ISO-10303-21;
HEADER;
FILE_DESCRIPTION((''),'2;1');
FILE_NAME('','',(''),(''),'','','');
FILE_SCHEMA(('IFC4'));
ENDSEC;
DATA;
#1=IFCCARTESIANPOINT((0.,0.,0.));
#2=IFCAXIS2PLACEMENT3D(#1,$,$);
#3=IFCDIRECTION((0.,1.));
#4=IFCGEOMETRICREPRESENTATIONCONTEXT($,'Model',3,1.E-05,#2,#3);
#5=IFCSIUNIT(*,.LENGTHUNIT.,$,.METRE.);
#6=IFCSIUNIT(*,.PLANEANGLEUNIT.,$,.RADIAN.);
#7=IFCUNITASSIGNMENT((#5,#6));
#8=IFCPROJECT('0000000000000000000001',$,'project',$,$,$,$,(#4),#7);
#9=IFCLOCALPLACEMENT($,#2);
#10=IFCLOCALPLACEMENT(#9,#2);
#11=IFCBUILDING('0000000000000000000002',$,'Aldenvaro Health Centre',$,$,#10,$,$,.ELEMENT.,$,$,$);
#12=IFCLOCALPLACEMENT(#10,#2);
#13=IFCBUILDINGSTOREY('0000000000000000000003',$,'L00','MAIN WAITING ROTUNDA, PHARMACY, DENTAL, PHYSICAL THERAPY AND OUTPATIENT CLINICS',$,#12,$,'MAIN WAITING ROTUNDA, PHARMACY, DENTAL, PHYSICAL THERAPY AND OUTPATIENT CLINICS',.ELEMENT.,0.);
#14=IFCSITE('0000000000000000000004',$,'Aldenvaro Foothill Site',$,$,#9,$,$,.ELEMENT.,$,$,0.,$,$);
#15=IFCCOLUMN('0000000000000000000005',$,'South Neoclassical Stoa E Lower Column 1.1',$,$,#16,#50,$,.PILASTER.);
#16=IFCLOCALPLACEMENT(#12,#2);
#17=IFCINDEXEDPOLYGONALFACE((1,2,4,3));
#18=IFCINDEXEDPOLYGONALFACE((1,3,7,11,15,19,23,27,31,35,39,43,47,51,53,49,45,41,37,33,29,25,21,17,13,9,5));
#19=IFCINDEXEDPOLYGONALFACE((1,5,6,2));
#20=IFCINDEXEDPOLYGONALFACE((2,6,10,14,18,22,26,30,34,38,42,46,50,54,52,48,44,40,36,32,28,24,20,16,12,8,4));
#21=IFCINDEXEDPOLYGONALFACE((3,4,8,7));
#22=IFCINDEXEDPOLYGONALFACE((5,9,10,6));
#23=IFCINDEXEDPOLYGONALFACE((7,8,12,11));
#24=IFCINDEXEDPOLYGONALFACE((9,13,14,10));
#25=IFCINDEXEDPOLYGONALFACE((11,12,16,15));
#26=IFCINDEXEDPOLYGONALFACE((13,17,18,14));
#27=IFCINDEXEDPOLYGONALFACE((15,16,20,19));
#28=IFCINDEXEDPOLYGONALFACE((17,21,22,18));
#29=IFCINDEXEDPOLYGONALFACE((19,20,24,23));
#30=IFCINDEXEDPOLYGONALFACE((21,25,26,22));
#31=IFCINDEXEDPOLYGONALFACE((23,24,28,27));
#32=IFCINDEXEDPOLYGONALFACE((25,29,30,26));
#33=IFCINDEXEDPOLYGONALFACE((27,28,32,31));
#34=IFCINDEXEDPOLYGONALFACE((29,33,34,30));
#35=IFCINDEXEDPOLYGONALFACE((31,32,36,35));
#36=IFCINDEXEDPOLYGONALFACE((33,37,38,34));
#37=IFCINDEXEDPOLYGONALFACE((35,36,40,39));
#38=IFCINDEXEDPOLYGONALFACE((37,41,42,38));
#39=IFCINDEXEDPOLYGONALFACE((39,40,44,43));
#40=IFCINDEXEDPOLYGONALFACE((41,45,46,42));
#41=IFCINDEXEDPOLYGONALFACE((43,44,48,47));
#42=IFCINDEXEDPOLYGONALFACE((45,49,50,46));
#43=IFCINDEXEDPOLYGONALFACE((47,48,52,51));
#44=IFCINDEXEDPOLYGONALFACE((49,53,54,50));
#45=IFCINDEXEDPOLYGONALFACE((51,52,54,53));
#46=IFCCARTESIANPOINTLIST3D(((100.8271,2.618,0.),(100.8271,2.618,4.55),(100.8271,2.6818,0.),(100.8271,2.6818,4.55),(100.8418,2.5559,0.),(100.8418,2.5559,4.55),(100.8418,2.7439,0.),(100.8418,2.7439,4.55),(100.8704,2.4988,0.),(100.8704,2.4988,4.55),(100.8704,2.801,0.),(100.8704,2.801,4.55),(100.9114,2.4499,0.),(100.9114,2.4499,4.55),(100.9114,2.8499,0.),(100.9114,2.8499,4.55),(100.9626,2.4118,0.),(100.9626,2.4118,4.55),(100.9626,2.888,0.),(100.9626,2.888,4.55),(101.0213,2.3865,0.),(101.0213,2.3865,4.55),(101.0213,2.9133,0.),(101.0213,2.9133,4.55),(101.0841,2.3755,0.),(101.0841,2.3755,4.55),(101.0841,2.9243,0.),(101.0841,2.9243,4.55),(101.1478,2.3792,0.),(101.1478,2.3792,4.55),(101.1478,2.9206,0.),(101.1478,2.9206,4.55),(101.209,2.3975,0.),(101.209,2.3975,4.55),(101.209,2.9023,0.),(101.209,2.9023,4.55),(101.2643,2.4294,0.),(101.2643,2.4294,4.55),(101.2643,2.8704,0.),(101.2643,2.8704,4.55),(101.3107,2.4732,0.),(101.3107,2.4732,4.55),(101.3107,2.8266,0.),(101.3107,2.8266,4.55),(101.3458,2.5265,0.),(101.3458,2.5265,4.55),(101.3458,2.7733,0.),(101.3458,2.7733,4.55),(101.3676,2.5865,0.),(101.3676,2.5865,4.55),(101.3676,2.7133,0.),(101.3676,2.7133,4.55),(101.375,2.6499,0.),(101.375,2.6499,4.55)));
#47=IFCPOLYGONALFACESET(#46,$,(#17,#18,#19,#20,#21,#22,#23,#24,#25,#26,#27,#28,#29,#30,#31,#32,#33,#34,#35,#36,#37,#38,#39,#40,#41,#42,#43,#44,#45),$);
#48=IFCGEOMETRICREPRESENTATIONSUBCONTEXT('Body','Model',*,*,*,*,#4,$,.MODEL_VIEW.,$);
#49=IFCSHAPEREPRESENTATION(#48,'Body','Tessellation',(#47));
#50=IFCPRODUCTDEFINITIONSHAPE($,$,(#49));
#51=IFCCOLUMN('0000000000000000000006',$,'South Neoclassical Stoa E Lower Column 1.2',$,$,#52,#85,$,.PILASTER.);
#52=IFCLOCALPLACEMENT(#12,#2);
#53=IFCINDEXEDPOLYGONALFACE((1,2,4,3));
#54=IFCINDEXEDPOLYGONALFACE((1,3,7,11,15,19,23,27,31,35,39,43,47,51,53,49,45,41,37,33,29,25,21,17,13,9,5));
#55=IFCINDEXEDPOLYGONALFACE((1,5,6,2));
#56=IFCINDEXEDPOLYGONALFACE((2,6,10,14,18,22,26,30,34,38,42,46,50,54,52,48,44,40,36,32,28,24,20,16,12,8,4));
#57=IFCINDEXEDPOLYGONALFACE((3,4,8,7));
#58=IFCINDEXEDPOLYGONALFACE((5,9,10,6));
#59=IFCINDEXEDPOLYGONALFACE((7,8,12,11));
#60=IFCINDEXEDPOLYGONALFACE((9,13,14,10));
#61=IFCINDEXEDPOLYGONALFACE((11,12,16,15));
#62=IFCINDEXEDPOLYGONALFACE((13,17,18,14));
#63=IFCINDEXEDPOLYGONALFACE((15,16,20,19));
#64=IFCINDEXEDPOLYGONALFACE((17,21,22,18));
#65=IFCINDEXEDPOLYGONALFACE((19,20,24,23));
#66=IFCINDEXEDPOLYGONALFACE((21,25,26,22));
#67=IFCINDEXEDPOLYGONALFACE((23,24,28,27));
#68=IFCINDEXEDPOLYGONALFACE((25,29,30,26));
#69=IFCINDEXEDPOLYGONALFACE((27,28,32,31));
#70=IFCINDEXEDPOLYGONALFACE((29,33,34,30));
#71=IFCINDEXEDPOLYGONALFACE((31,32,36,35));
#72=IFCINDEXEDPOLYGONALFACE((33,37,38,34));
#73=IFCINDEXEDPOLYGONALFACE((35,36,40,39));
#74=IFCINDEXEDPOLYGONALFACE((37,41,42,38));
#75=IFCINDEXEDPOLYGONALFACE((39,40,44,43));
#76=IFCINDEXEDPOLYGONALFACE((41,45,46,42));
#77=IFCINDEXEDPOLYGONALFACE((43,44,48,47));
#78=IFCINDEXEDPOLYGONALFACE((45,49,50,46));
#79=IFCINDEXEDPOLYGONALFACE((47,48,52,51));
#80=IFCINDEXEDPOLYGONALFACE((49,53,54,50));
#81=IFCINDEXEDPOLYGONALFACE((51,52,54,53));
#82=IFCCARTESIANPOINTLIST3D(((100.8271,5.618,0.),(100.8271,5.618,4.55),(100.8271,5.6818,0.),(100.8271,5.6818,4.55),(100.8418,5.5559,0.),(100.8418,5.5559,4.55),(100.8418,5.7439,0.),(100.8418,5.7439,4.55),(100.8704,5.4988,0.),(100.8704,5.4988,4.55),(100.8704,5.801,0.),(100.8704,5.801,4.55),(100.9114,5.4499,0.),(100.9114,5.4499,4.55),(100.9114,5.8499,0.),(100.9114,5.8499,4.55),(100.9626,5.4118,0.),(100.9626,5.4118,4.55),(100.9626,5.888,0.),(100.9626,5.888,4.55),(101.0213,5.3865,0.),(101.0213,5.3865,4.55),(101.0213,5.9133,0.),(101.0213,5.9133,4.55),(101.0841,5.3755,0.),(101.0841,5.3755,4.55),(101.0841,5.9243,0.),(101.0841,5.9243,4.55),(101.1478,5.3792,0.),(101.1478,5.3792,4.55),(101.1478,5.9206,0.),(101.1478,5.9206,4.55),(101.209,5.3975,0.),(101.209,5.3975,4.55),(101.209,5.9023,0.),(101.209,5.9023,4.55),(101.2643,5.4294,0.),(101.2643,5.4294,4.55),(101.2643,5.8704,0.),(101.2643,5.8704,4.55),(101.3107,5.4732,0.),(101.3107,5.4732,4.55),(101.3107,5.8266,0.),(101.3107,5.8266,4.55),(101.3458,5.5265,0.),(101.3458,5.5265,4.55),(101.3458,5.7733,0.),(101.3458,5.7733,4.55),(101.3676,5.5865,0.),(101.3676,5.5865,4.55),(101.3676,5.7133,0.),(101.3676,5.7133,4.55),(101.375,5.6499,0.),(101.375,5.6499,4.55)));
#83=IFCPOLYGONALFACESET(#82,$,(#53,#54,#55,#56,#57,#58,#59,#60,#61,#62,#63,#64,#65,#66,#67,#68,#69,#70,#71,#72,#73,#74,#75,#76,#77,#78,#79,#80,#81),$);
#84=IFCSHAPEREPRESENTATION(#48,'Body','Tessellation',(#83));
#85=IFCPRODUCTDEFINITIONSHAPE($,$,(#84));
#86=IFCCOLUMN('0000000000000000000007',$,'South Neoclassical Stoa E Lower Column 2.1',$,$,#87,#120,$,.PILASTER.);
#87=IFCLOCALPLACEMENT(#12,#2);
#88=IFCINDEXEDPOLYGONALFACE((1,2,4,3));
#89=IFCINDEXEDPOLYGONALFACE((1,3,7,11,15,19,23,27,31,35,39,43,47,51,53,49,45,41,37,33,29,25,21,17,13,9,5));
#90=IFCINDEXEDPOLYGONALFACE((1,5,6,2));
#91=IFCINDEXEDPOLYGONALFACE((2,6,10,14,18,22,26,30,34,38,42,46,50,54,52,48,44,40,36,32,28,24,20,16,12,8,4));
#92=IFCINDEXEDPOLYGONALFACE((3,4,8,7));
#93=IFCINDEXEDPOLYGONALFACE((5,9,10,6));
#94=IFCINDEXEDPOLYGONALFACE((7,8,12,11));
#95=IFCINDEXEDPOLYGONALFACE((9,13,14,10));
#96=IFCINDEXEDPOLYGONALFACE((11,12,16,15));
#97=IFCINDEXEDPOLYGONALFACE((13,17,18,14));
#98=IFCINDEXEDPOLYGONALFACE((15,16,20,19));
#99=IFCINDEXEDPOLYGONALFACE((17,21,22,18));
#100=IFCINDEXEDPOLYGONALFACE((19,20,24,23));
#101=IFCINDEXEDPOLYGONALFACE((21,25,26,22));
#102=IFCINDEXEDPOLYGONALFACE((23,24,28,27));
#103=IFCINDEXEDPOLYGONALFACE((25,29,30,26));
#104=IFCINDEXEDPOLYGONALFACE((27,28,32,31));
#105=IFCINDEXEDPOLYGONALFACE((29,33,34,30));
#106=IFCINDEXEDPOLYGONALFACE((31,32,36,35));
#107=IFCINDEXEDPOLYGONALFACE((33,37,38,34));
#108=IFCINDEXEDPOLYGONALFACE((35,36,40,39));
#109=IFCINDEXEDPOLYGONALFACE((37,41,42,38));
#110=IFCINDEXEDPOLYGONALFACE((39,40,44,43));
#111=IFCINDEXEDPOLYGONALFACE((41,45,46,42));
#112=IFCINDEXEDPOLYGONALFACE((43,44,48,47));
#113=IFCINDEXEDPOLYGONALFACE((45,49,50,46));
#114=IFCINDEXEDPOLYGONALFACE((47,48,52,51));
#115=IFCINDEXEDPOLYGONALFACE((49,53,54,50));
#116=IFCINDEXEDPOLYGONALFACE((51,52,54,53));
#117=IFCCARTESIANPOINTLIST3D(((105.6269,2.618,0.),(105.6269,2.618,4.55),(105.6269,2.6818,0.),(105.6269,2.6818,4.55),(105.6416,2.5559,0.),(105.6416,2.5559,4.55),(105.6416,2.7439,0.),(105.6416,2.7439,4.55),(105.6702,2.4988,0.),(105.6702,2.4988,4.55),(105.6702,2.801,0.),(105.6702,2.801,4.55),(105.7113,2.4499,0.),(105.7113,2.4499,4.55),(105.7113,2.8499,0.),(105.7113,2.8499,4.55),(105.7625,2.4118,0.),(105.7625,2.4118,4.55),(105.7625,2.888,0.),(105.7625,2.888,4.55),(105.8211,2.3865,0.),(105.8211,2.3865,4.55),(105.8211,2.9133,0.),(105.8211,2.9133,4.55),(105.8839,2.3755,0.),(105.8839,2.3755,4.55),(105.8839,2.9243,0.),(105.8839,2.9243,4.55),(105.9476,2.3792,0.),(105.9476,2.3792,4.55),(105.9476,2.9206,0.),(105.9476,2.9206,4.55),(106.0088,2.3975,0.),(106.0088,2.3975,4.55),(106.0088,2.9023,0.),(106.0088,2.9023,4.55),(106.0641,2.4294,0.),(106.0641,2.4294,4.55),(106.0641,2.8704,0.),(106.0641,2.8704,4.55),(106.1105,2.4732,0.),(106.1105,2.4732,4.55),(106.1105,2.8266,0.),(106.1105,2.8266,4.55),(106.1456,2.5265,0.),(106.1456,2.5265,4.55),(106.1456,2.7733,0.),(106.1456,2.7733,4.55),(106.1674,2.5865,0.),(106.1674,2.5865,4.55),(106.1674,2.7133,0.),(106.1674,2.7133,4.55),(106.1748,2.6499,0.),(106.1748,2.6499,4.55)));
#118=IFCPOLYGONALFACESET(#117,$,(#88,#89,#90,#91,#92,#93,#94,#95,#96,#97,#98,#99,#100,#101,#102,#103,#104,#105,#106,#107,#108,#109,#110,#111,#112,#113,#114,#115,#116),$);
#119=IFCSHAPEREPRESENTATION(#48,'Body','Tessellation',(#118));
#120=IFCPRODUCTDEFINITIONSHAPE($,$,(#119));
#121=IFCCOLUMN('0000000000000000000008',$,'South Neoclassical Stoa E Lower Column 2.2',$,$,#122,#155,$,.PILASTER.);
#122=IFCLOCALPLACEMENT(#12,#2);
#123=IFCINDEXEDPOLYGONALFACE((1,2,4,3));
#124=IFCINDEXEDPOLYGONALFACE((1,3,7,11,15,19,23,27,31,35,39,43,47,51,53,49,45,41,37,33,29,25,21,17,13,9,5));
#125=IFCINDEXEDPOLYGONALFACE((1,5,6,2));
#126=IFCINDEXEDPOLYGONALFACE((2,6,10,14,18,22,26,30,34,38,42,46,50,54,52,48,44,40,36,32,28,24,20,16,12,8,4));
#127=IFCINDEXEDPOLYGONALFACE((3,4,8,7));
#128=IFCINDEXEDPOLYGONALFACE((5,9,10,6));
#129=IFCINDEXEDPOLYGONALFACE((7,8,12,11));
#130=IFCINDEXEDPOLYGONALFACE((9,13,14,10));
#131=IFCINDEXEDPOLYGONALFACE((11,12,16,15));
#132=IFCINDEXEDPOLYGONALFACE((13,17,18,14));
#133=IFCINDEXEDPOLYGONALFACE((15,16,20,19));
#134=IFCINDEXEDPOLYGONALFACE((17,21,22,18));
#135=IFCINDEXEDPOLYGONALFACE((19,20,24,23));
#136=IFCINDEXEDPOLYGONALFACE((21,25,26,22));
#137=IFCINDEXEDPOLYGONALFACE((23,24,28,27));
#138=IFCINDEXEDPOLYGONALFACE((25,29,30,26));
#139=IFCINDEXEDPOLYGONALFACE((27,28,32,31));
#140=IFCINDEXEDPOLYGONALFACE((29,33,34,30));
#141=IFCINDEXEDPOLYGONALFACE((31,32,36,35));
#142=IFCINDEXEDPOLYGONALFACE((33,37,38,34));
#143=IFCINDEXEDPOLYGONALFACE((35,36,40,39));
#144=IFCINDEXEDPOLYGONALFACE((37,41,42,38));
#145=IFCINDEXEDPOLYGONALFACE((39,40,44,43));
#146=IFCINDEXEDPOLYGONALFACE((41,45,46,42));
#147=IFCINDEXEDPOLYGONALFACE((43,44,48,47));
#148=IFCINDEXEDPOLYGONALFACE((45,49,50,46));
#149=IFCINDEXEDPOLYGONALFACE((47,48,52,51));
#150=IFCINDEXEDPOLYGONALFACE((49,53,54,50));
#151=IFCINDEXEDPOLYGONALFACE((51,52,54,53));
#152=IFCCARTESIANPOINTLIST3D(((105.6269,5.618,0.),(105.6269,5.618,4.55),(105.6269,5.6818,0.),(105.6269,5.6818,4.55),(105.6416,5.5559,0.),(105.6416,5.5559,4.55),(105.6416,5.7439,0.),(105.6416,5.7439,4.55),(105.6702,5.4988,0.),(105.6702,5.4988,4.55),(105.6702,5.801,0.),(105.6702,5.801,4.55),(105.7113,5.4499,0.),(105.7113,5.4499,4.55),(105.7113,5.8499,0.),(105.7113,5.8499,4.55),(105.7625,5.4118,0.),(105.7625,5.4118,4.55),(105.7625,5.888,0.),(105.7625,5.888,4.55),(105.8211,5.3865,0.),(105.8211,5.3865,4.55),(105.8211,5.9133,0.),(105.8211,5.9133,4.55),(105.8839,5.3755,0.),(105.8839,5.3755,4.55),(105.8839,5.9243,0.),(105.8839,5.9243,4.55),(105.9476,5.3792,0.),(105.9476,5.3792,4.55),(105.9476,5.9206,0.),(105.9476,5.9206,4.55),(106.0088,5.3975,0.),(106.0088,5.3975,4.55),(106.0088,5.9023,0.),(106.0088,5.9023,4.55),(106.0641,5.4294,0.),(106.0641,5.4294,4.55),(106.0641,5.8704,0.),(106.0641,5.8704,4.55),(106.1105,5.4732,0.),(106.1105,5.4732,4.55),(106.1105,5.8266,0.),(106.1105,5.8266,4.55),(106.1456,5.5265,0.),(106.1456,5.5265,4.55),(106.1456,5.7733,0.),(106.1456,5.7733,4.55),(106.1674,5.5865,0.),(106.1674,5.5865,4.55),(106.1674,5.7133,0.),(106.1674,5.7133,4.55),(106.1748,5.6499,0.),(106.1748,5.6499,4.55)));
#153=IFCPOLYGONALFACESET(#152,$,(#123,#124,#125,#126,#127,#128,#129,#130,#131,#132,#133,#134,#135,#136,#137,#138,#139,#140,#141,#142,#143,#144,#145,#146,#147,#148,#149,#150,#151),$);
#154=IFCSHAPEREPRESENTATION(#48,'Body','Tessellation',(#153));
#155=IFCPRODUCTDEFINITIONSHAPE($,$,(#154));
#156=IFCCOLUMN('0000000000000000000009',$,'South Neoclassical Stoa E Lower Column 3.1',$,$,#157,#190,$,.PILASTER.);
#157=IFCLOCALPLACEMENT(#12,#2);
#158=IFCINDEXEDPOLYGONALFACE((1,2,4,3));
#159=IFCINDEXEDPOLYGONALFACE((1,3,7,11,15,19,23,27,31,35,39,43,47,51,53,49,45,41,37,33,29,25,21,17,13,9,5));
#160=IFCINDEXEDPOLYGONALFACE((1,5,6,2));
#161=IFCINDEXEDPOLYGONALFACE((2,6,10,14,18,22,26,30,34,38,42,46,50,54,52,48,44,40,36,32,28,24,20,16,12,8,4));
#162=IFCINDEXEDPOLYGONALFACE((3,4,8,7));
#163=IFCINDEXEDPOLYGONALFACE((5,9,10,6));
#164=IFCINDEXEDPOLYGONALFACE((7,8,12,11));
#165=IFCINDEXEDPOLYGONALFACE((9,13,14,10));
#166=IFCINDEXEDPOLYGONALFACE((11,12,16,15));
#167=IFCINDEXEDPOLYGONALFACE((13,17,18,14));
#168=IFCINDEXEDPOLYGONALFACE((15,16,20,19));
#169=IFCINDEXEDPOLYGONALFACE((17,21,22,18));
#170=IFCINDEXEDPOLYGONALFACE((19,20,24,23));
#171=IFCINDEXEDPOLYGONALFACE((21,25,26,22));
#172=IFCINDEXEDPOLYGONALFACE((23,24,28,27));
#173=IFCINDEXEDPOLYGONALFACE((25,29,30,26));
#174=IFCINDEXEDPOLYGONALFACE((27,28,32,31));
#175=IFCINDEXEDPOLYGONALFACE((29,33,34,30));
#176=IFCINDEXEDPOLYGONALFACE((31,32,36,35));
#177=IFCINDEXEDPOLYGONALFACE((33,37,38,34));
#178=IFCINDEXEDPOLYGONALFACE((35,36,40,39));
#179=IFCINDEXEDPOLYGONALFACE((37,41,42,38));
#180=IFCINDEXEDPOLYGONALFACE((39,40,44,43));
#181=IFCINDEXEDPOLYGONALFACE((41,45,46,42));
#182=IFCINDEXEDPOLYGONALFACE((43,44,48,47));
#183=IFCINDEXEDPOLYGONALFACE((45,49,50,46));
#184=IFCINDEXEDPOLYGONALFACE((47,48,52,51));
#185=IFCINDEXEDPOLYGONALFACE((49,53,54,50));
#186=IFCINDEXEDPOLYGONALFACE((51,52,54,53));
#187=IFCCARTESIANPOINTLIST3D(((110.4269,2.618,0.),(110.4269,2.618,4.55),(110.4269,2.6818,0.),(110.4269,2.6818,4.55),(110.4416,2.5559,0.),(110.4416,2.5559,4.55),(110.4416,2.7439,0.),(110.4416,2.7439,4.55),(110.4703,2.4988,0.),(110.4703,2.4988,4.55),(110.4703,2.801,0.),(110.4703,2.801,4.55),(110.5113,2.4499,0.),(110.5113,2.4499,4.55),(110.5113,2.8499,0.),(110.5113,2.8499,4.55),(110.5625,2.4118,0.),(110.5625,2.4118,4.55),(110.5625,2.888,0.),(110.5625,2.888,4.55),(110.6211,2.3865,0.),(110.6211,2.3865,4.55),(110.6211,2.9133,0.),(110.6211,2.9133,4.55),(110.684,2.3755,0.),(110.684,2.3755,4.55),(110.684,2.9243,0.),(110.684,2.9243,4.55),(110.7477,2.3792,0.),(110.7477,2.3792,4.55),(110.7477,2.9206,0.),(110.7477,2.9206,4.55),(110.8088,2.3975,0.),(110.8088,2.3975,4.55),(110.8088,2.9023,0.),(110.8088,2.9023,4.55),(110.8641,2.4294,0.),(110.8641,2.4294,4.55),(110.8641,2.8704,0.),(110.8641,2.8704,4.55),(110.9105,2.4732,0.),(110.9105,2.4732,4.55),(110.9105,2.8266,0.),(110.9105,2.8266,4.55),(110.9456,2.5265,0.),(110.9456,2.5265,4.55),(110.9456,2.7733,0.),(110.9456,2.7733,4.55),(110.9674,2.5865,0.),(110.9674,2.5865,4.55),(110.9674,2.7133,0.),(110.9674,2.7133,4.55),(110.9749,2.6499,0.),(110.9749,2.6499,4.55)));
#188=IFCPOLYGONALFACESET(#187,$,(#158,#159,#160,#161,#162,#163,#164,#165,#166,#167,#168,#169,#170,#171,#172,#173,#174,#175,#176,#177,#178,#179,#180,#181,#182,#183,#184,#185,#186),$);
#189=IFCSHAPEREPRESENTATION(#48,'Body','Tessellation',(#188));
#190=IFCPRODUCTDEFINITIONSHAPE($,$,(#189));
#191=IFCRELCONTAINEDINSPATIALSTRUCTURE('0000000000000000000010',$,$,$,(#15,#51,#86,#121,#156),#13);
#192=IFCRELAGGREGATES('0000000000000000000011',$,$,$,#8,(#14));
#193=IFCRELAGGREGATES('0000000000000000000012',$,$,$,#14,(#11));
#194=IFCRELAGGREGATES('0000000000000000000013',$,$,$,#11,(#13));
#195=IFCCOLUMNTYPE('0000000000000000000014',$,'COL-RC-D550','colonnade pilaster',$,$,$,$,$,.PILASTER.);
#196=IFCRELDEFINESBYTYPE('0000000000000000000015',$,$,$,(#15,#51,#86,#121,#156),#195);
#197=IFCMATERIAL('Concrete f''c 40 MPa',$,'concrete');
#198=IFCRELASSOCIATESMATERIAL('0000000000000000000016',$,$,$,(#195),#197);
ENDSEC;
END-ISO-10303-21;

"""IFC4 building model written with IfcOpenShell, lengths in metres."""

from ifc_helpers import new_model, si_unit, direction, frame, origin, origin_2d, place, context, subcontext, project, spatial, circle, extrude, material, material_profile, profile_set, type_object, element, save


model = new_model("IFC4")

# Units and contexts
model_context = context("Model", 3, precision=1e-05, world=origin(), true_north=direction((0.0, 1.0)))
body_context = subcontext(model_context, "Body", "Model", "MODEL_VIEW")
ifc_project = project(units=[si_unit("LENGTHUNIT", "METRE"), si_unit("PLANEANGLEUNIT", "RADIAN")], contexts=[model_context])

# Site, building, storey
site_placement = place(None, origin())
site = spatial("IfcSite", under=ifc_project, at=site_placement, Name="Aldenvaro Foothill Site", CompositionType="ELEMENT", RefElevation=0.0)
building_placement = place(site_placement, origin())
building = spatial("IfcBuilding", under=site, at=building_placement, Name="Aldenvaro Health Centre", CompositionType="ELEMENT")
storey_placement = place(building_placement, origin())
storey = spatial("IfcBuildingStorey", under=building, at=storey_placement, Name="L00", Description="MAIN WAITING ROTUNDA, PHARMACY, DENTAL, PHYSICAL THERAPY AND OUTPATIENT CLINICS", LongName="MAIN WAITING ROTUNDA, PHARMACY, DENTAL, PHYSICAL THERAPY AND OUTPATIENT CLINICS", CompositionType="ELEMENT", Elevation=0.0)

# Columns
ifc_material_1 = material(Name="Concrete f'c 40 MPa", Category="concrete")
ifc_material_profile_1 = material_profile(ifc_material_1, circle(Radius=0.2749, at=origin_2d()), Name="RC D550", Category="concrete")
ifc_profile_set_1 = profile_set([ifc_material_profile_1], Name="Concrete f'c 40 MPa")
column_type_1 = type_object("IfcColumnType", Name="COL-RC-D550", Description="colonnade pilaster", PredefinedType="PILASTER", material=ifc_profile_set_1)
for number, where, z_axis, x_axis, name in (
    (1, (101.1001, 2.6499, 0.0), (0.0, 0.0, 1.0), (1.0, 0.0, 0.0), "South Neoclassical Stoa E Lower Column 1.1"),
    (2, (101.1001, 5.6499, 0.0), (0.0, 0.0, 1.0), (1.0, 0.0, 0.0), "South Neoclassical Stoa E Lower Column 1.2"),
    (3, (105.8999, 2.6499, 0.0), (0.0, 0.0, 1.0), (1.0, 0.0, 0.0), "South Neoclassical Stoa E Lower Column 2.1"),
    (4, (105.8999, 5.6499, 0.0), (0.0, 0.0, 1.0), (1.0, 0.0, 0.0), "South Neoclassical Stoa E Lower Column 2.2"),
    (5, (110.7, 2.6499, 0.0), (0.0, 0.0, 1.0), (1.0, 0.0, 0.0), "South Neoclassical Stoa E Lower Column 3.1"),
):
    element("IfcColumn", number, at=place(storey_placement, frame(where, z_axis=z_axis, x_axis=x_axis)), inside=storey, type_object=column_type_1, Name=name, PredefinedType="PILASTER", context=body_context, shape_type="SweptSolid", body=[
        extrude(circle(Radius=0.2749, at=origin_2d()), origin(), (0.0, 0.0, 1.0), 4.55),
    ])

save(model, "model.ifc")
